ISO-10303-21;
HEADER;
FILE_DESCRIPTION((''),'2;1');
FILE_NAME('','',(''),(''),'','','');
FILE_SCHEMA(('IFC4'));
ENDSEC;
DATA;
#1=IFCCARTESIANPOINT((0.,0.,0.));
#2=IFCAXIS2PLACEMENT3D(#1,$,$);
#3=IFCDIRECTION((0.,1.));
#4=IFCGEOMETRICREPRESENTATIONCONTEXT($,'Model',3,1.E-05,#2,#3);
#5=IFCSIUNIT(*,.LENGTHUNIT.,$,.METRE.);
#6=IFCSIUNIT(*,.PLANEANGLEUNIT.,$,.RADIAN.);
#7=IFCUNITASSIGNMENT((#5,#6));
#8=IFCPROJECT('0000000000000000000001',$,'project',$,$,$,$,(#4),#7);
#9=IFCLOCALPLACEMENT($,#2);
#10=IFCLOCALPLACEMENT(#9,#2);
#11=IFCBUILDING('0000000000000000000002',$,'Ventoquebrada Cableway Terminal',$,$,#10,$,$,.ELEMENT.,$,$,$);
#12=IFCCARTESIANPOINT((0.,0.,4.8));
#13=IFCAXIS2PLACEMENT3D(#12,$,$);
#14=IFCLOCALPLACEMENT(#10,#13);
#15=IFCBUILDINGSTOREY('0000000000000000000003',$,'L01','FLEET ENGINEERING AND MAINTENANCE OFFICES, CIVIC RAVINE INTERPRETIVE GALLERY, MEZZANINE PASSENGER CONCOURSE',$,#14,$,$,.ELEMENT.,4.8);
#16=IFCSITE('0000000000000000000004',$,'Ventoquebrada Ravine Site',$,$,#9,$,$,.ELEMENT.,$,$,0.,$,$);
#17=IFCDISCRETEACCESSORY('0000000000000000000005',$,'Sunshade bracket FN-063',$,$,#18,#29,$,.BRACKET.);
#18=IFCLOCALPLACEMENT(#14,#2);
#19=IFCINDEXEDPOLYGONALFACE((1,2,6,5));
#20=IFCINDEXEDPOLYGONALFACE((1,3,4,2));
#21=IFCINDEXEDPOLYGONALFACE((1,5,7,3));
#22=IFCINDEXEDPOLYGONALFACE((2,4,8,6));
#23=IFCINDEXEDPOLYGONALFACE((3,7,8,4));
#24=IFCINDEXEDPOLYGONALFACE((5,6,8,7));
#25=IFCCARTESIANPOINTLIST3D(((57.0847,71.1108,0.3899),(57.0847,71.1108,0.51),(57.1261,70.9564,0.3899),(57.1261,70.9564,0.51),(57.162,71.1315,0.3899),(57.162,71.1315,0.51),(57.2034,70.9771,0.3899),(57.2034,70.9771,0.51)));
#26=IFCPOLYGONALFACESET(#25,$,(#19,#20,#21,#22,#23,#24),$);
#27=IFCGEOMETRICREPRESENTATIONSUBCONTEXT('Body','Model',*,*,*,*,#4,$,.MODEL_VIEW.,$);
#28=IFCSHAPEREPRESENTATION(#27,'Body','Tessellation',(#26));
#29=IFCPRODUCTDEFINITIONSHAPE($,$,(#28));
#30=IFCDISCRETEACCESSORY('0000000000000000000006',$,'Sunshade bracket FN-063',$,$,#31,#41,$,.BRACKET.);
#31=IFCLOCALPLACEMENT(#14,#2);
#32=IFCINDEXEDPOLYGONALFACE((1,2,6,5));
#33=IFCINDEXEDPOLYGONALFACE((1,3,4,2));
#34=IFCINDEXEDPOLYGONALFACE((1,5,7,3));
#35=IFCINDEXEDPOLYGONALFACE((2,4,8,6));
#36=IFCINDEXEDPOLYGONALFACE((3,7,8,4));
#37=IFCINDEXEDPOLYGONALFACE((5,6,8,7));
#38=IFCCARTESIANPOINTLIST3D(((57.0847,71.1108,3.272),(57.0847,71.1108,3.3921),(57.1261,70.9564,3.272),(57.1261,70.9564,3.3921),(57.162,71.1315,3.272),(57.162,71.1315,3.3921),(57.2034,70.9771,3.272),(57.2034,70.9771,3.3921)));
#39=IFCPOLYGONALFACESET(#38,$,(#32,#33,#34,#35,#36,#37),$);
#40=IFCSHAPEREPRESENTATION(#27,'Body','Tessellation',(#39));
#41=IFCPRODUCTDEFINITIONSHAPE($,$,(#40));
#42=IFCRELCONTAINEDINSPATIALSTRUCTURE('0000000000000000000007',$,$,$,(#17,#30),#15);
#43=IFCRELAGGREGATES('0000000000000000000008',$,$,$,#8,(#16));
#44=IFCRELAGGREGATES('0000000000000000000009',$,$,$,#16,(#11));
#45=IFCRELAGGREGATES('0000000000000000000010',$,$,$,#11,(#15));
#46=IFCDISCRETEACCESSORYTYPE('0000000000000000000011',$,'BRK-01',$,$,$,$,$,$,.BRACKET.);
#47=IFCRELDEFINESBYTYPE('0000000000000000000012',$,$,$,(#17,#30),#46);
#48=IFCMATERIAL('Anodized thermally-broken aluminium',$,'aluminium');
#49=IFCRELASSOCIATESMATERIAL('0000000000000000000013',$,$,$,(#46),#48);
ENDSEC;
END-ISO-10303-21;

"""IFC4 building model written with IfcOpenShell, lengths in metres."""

from ifc_helpers import new_model, si_unit, direction, frame, origin, origin_2d, place, context, subcontext, project, spatial, rectangle, extrude, material, type_object, element, save


model = new_model("IFC4")

# Units and contexts
model_context = context("Model", 3, precision=1e-05, world=origin(), true_north=direction((0.0, 1.0)))
body_context = subcontext(model_context, "Body", "Model", "MODEL_VIEW")
ifc_project = project(units=[si_unit("LENGTHUNIT", "METRE"), si_unit("PLANEANGLEUNIT", "RADIAN")], contexts=[model_context])

# Site, building, storey
site_placement = place(None, origin())
site = spatial("IfcSite", under=ifc_project, at=site_placement, Name="Ventoquebrada Ravine Site", CompositionType="ELEMENT", RefElevation=0.0)
building_placement = place(site_placement, origin())
building = spatial("IfcBuilding", under=site, at=building_placement, Name="Ventoquebrada Cableway Terminal", CompositionType="ELEMENT")
storey_placement = place(building_placement, frame((0.0, 0.0, 4.8)))
storey = spatial("IfcBuildingStorey", under=building, at=storey_placement, Name="L01", Description="FLEET ENGINEERING AND MAINTENANCE OFFICES, CIVIC RAVINE INTERPRETIVE GALLERY, MEZZANINE PASSENGER CONCOURSE", CompositionType="ELEMENT", Elevation=4.8)

# Shared definitions
ifc_material_1 = material(Name="Anodized thermally-broken aluminium", Category="aluminium")

# Discrete accessories
discrete_accessory_type = type_object("IfcDiscreteAccessoryType", Name="BRK-01", PredefinedType="BRACKET", material=ifc_material_1)
for number, where, z_axis, x_axis, name in (
    (1, (57.144, 71.0439, 0.3899), (0.0, 0.0, 1.0), (0.965935, 0.258785, 0.0), "Sunshade bracket FN-063"),
    (2, (57.144, 71.0439, 3.272), (0.0, 0.0, 1.0), (0.965935, 0.258785, 0.0), "Sunshade bracket FN-063"),
):
    element("IfcDiscreteAccessory", number, at=place(storey_placement, frame(where, z_axis=z_axis, x_axis=x_axis)), inside=storey, type_object=discrete_accessory_type, Name=name, PredefinedType="BRACKET", context=body_context, shape_type="SweptSolid", body=[
        extrude(rectangle(XDim=0.0801, YDim=0.1599, at=origin_2d()), origin(), (0.0, 0.0, 1.0), 0.1201),
    ])

save(model, "model.ifc")
